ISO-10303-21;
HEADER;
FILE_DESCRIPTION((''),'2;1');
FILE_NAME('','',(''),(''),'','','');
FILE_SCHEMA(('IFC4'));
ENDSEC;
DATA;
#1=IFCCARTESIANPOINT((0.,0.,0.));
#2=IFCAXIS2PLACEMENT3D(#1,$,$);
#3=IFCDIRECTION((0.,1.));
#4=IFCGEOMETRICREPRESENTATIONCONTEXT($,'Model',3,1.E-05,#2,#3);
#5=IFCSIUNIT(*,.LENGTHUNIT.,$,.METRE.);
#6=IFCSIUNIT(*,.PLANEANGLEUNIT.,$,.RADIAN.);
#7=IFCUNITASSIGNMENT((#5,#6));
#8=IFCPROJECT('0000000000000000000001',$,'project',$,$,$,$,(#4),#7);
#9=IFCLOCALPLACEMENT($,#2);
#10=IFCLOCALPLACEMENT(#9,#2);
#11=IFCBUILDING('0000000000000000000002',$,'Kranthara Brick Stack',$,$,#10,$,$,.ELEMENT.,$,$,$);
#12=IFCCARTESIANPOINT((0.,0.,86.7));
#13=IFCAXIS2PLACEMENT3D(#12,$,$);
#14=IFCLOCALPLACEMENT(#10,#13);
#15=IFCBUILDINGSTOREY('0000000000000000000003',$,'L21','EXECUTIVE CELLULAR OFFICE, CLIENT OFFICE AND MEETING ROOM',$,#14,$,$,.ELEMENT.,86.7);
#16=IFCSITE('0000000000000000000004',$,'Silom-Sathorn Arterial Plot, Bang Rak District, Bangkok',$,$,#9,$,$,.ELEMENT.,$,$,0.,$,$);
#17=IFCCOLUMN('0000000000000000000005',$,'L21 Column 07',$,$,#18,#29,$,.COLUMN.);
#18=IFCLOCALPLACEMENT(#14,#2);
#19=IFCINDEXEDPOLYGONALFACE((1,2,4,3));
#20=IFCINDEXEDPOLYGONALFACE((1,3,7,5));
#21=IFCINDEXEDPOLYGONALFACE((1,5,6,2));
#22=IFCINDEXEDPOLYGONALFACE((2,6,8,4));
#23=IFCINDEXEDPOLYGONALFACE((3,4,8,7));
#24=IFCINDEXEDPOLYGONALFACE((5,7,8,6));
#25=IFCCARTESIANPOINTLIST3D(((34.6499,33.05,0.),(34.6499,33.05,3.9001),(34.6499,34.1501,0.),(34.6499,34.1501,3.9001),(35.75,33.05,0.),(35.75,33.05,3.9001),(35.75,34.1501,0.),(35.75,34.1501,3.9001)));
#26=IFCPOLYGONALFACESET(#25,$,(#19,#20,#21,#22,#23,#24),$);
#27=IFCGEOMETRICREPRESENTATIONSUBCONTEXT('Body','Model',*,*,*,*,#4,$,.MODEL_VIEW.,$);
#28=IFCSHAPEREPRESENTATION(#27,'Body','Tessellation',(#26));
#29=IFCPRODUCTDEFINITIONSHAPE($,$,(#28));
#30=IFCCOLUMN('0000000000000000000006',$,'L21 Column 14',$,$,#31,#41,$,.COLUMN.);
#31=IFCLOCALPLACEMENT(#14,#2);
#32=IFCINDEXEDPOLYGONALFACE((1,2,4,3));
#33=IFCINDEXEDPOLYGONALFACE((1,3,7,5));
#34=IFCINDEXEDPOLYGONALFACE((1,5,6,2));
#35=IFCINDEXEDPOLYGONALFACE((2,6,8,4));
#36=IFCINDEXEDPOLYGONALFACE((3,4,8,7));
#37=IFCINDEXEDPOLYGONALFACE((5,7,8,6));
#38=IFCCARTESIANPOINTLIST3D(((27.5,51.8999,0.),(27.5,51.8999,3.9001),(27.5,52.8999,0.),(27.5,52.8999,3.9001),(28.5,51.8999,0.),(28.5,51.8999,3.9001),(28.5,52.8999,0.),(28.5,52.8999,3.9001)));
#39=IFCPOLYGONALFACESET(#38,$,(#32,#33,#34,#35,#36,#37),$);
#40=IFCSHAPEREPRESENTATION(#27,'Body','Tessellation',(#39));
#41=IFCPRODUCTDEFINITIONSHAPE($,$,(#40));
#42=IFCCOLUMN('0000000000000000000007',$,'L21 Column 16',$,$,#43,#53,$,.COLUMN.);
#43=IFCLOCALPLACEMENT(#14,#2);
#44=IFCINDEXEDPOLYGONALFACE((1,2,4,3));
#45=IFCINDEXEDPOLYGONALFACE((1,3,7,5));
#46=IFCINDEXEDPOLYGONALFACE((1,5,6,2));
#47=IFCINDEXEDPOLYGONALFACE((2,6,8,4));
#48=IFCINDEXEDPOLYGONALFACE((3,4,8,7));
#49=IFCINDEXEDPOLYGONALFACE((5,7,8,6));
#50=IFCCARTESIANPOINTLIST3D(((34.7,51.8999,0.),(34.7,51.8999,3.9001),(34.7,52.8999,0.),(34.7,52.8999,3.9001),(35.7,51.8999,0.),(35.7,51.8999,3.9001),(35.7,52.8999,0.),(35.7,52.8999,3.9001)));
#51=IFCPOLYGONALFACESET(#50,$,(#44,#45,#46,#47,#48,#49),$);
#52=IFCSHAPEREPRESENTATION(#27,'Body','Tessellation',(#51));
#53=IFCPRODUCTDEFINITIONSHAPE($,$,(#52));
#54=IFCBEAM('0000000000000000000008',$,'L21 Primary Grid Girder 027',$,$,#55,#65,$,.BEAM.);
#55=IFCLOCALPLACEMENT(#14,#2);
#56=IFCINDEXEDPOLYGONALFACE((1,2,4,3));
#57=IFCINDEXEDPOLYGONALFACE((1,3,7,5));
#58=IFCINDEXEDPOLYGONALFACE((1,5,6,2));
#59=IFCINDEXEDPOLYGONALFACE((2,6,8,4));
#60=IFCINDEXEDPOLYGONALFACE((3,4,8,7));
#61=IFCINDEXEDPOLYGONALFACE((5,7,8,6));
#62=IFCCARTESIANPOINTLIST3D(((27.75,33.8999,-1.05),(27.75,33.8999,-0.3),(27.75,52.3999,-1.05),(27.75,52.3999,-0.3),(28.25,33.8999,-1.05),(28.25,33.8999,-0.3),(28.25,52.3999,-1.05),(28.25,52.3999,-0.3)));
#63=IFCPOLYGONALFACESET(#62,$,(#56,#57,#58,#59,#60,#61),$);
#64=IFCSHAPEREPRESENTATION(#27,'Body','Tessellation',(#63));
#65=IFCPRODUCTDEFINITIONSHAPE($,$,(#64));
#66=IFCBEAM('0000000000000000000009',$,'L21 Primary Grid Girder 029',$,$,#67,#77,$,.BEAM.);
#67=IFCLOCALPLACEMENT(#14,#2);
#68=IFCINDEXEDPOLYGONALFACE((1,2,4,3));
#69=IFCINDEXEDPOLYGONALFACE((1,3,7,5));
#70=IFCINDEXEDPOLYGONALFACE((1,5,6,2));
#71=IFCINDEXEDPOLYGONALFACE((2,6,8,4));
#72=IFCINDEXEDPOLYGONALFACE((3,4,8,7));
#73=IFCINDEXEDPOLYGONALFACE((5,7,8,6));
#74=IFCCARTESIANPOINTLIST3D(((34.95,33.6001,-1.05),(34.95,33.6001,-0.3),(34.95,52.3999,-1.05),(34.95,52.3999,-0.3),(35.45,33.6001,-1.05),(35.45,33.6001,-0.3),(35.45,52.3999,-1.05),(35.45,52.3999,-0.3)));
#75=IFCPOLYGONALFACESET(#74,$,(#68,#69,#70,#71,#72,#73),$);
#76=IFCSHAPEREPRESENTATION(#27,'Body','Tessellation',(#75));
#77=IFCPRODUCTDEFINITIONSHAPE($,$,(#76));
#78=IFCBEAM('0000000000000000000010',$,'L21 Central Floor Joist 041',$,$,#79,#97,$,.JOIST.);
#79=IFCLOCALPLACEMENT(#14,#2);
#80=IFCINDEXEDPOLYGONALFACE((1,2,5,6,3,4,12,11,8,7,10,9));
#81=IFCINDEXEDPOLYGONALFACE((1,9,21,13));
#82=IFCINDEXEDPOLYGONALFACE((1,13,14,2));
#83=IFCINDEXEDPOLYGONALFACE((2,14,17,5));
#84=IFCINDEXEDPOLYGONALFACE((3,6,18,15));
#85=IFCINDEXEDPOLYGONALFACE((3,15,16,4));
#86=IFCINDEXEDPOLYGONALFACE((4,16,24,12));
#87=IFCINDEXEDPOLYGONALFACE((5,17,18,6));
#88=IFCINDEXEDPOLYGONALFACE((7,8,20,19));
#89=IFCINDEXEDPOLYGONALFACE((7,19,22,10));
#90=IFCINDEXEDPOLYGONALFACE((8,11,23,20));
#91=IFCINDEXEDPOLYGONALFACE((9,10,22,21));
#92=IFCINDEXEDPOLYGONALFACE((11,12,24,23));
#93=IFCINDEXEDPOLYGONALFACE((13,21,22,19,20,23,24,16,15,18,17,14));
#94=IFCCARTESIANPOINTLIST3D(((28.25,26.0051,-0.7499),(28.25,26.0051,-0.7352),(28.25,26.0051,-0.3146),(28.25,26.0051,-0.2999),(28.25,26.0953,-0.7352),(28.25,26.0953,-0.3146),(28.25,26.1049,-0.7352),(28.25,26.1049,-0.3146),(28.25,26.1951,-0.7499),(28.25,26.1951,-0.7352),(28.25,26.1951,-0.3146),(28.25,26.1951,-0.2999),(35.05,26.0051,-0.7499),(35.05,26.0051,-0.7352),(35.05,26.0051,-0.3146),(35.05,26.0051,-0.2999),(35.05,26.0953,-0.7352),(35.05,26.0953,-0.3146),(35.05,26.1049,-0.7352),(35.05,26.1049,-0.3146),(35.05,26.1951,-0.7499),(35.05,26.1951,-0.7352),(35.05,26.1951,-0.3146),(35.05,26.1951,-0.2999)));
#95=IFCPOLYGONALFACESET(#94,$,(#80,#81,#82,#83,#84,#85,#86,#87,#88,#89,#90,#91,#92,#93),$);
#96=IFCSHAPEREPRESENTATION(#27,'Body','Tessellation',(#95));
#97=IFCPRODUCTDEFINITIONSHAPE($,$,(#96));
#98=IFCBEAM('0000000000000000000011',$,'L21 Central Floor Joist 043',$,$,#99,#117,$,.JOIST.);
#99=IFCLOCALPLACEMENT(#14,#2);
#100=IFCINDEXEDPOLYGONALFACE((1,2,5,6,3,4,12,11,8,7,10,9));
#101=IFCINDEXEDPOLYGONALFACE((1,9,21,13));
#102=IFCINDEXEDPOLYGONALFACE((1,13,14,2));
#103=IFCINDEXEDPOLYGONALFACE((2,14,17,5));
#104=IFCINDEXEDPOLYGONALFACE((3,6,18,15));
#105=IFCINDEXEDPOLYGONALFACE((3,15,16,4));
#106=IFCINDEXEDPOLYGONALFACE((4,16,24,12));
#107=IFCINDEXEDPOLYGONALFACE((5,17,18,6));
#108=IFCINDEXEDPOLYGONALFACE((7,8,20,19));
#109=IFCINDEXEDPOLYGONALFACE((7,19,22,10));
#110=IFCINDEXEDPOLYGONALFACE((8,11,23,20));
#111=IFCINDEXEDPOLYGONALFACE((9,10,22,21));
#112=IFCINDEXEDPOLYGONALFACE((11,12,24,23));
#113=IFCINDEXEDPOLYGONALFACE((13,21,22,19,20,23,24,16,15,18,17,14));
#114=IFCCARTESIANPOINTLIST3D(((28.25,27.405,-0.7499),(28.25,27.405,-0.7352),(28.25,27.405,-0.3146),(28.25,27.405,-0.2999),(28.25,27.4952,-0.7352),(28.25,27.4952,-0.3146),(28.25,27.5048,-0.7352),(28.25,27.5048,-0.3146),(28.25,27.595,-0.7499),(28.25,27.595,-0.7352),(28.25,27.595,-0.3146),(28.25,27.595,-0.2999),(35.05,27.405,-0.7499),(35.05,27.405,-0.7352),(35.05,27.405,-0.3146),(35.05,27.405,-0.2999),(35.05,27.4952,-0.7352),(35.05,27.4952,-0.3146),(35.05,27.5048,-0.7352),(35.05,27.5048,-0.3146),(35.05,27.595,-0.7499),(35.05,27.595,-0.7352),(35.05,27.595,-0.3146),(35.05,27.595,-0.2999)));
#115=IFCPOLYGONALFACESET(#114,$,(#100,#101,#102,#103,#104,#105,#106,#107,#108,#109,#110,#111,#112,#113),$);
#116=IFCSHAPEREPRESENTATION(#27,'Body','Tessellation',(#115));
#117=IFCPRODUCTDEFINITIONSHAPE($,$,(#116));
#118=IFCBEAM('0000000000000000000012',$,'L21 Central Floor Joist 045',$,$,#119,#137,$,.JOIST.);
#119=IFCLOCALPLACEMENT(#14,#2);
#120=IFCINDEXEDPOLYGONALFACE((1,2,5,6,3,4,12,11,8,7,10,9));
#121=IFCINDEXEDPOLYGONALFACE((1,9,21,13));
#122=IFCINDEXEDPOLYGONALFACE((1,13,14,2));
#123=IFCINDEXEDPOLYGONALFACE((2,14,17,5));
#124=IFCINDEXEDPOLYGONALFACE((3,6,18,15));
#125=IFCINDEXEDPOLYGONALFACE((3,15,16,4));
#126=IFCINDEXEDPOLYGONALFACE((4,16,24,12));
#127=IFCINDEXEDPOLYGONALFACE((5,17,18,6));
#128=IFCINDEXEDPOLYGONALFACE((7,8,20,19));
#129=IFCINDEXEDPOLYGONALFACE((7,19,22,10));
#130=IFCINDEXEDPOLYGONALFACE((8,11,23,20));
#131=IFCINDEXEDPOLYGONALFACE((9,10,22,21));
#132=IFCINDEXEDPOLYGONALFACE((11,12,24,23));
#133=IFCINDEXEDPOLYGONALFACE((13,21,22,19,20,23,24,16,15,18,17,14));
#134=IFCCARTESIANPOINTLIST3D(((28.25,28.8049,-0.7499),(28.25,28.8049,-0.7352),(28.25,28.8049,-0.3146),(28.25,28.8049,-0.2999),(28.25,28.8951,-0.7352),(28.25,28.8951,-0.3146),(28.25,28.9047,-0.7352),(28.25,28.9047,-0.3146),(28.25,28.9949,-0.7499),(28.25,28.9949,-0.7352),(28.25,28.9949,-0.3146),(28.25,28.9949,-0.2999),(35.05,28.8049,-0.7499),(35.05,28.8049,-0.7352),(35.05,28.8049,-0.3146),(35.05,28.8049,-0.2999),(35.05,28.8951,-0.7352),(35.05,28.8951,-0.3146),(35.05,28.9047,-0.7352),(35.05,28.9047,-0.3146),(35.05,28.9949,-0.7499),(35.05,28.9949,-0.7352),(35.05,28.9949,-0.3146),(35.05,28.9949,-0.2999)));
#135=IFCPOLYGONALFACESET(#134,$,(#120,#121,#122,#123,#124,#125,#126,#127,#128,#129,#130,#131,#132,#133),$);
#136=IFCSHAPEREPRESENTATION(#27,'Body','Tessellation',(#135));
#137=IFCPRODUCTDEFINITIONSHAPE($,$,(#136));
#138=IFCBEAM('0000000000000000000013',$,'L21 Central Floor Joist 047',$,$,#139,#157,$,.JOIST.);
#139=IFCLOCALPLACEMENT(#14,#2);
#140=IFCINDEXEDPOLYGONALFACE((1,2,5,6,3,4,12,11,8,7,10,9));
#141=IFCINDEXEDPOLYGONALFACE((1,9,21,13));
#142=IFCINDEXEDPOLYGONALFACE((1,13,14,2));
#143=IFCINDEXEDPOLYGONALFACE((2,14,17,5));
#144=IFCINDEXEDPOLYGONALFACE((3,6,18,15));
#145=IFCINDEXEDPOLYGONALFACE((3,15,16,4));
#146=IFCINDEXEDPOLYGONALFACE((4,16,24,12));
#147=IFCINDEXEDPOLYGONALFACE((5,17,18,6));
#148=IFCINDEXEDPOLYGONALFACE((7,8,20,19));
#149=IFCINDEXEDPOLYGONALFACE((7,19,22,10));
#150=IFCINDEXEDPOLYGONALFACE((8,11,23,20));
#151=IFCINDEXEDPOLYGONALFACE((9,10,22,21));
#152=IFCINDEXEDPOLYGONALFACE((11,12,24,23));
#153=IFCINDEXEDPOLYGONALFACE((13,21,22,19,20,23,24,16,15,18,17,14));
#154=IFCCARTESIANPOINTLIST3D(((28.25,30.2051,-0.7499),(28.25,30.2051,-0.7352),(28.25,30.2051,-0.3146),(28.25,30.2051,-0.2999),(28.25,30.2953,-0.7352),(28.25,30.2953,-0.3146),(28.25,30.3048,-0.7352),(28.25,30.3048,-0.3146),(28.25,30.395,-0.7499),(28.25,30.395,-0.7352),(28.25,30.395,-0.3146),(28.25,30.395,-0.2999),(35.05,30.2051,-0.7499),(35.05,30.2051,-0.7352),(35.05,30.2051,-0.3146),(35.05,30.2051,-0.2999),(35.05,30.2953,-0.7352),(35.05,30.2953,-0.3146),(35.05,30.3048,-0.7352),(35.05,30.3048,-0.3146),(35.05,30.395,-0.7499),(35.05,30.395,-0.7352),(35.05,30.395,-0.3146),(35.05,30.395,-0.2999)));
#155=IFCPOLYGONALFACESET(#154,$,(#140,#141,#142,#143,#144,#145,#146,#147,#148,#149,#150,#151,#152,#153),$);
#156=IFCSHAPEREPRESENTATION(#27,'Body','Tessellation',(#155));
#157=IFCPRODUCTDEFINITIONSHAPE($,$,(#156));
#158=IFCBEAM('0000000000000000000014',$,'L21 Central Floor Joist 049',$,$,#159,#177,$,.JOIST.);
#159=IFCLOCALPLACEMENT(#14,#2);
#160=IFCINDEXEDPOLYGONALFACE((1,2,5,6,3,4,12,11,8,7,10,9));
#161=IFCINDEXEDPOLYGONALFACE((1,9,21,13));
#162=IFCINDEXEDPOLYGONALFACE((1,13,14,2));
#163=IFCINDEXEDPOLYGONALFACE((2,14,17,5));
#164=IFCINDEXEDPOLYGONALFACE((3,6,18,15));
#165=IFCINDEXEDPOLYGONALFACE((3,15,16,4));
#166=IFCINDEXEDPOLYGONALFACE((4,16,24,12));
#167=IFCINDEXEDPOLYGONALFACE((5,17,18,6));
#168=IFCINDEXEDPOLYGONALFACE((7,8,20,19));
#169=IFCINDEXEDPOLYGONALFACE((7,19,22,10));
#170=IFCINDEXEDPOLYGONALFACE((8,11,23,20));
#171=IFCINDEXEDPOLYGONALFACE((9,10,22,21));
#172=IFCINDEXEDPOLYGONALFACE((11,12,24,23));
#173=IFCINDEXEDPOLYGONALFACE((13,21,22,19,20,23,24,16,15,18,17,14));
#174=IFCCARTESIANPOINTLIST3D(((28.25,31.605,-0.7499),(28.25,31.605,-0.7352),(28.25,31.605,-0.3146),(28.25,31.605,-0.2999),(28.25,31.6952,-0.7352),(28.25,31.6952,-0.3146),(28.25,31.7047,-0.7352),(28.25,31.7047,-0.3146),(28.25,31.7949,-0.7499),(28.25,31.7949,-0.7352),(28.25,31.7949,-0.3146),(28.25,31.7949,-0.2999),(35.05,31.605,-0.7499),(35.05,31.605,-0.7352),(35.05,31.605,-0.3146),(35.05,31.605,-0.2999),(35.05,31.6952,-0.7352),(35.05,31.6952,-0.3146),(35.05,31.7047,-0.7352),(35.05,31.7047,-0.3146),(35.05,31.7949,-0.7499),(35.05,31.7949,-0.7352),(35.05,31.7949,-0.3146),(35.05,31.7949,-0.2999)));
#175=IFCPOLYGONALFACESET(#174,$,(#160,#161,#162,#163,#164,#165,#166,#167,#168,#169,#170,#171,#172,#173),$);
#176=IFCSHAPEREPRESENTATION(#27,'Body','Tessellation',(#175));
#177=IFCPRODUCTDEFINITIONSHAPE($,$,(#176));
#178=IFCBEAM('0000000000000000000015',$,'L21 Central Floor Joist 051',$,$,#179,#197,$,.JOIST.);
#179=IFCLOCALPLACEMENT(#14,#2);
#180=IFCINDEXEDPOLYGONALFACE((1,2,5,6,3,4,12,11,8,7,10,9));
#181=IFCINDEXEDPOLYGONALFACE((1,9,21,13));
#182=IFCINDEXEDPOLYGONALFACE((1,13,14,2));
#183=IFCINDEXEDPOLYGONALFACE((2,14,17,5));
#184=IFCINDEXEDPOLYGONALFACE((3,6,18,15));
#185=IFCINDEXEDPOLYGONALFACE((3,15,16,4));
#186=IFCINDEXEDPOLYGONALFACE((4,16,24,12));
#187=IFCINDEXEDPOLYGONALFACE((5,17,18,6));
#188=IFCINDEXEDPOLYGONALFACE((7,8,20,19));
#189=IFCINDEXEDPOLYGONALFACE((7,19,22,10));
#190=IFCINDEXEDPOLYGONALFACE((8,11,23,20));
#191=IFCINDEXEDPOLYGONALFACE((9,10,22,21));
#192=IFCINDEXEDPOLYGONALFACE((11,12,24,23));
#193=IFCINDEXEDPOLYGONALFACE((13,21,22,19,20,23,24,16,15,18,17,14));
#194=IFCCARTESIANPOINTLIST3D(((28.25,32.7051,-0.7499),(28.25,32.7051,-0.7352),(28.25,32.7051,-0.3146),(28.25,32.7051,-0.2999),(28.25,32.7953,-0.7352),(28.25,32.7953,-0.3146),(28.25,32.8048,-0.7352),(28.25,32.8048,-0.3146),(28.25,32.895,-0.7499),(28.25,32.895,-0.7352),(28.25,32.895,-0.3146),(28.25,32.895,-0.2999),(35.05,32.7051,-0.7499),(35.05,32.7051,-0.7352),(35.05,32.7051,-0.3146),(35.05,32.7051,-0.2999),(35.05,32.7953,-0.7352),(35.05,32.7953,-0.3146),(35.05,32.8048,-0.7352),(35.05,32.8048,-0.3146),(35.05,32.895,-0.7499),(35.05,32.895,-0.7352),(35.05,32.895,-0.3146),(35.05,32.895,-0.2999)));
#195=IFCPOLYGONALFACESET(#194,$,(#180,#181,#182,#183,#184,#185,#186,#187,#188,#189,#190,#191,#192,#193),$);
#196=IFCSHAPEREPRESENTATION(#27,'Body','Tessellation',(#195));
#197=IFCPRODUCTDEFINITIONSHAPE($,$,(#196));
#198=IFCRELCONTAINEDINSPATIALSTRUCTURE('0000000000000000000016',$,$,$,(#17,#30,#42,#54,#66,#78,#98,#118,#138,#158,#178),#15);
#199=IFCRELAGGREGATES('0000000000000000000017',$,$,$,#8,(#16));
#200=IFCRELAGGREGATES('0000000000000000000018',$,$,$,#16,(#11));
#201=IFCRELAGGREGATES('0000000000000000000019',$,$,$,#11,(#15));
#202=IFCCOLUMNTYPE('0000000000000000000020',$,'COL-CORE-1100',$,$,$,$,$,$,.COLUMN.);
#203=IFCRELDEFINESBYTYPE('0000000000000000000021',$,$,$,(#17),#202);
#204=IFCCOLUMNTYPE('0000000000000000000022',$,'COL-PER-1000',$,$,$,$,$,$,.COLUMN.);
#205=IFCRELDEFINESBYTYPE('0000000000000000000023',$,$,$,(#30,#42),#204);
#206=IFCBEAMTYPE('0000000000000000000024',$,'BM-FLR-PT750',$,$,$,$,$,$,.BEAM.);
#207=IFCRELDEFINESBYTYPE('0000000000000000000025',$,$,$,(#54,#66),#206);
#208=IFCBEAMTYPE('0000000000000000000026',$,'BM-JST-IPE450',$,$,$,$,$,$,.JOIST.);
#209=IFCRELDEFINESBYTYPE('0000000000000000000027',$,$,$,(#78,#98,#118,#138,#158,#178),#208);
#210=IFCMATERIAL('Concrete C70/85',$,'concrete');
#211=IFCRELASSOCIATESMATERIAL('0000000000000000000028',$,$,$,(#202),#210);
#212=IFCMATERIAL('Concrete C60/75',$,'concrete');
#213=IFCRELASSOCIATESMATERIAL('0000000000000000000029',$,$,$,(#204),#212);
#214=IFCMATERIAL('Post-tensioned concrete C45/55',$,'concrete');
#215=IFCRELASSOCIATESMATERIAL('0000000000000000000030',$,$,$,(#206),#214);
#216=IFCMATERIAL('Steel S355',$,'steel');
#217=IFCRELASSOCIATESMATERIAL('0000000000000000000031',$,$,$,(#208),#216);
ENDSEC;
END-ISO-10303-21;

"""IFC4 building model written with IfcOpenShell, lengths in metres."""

from ifc_helpers import new_model, si_unit, direction, frame, origin, origin_2d, place, context, subcontext, project, spatial, rectangle, i_section, extrude, material, material_profile, profile_set, type_object, element, save


model = new_model("IFC4")

# Units and contexts
model_context = context("Model", 3, precision=1e-05, world=origin(), true_north=direction((0.0, 1.0)))
body_context = subcontext(model_context, "Body", "Model", "MODEL_VIEW")
ifc_project = project(units=[si_unit("LENGTHUNIT", "METRE"), si_unit("PLANEANGLEUNIT", "RADIAN")], contexts=[model_context])

# Site, building, storey
site_placement = place(None, origin())
site = spatial("IfcSite", under=ifc_project, at=site_placement, Name="Silom-Sathorn Arterial Plot, Bang Rak District, Bangkok", CompositionType="ELEMENT", RefElevation=0.0)
building_placement = place(site_placement, origin())
building = spatial("IfcBuilding", under=site, at=building_placement, Name="Kranthara Brick Stack", CompositionType="ELEMENT")
storey_placement = place(building_placement, frame((0.0, 0.0, 86.7)))
storey = spatial("IfcBuildingStorey", under=building, at=storey_placement, Name="L21", Description="EXECUTIVE CELLULAR OFFICE, CLIENT OFFICE AND MEETING ROOM", CompositionType="ELEMENT", Elevation=86.7)

# Columns
ifc_material_1 = material(Name="Concrete C70/85", Category="concrete")
ifc_material_profile_1 = material_profile(ifc_material_1, rectangle(XDim=1.1001, YDim=1.1001, at=origin_2d()), Name="RC 1100x1100")
ifc_profile_set_1 = profile_set([ifc_material_profile_1], Name="Concrete C70/85")
column_type_1 = type_object("IfcColumnType", Name="COL-CORE-1100", PredefinedType="COLUMN", material=ifc_profile_set_1)
column_placement = place(storey_placement, frame((35.2, 33.6001, 0.0), z_axis=(0.0, 0.0, 1.0), x_axis=(1.0, 0.0, 0.0)))
element("IfcColumn", 1, at=column_placement, inside=storey, type_object=column_type_1, Name="L21 Column 07", PredefinedType="COLUMN", context=body_context, shape_type="SweptSolid", body=[
    extrude(rectangle(XDim=1.1001, YDim=1.1001, at=origin_2d()), origin(), (0.0, 0.0, 1.0), 3.9001),
])
ifc_material_2 = material(Name="Concrete C60/75", Category="concrete")
ifc_material_profile_2 = material_profile(ifc_material_2, rectangle(XDim=1.0, YDim=1.0, at=origin_2d()), Name="RC 1000x1000")
ifc_profile_set_2 = profile_set([ifc_material_profile_2], Name="Concrete C60/75")
column_type_2 = type_object("IfcColumnType", Name="COL-PER-1000", PredefinedType="COLUMN", material=ifc_profile_set_2)
for number, where, z_axis, x_axis, name in (
    (2, (28.0, 52.3999, 0.0), (0.0, 0.0, 1.0), (1.0, 0.0, 0.0), "L21 Column 14"),
    (3, (35.2, 52.3999, 0.0), (0.0, 0.0, 1.0), (1.0, 0.0, 0.0), "L21 Column 16"),
):
    element("IfcColumn", number, at=place(storey_placement, frame(where, z_axis=z_axis, x_axis=x_axis)), inside=storey, type_object=column_type_2, Name=name, PredefinedType="COLUMN", context=body_context, shape_type="SweptSolid", body=[
        extrude(rectangle(XDim=1.0, YDim=1.0, at=origin_2d()), origin(), (0.0, 0.0, 1.0), 3.9001),
    ])

# Beams
ifc_material_3 = material(Name="Post-tensioned concrete C45/55", Category="concrete")
ifc_material_profile_3 = material_profile(ifc_material_3, rectangle(XDim=0.5, YDim=0.75, at=origin_2d()), Name="PT 500x750")
ifc_profile_set_3 = profile_set([ifc_material_profile_3], Name="Post-tensioned concrete C45/55")
beam_type_1 = type_object("IfcBeamType", Name="BM-FLR-PT750", PredefinedType="BEAM", material=ifc_profile_set_3)
beam_1_placement = place(storey_placement, frame((28.0, 33.8999, -0.675), z_axis=(0.0, 1.0, 0.0), x_axis=(-1.0, 0.0, 0.0)))
element("IfcBeam", 4, at=beam_1_placement, inside=storey, type_object=beam_type_1, Name="L21 Primary Grid Girder 027", PredefinedType="BEAM", context=body_context, shape_type="SweptSolid", body=[
    extrude(rectangle(XDim=0.5, YDim=0.75, at=origin_2d()), origin(), (0.0, 0.0, 1.0), 18.5),
])
beam_2_placement = place(storey_placement, frame((35.2, 33.6001, -0.675), z_axis=(0.0, 1.0, 0.0), x_axis=(-1.0, 0.0, 0.0)))
element("IfcBeam", 5, at=beam_2_placement, inside=storey, type_object=beam_type_1, Name="L21 Primary Grid Girder 029", PredefinedType="BEAM", context=body_context, shape_type="SweptSolid", body=[
    extrude(rectangle(XDim=0.5, YDim=0.75, at=origin_2d()), origin(), (0.0, 0.0, 1.0), 18.7998),
])
ifc_material_4 = material(Name="Steel S355", Category="steel")
ifc_material_profile_4 = material_profile(ifc_material_4, i_section(OverallWidth=0.1899, OverallDepth=0.45, WebThickness=0.0095, FlangeThickness=0.0146, at=origin_2d()), Name="IPE 450")
ifc_profile_set_4 = profile_set([ifc_material_profile_4], Name="Steel S355")
beam_type_2 = type_object("IfcBeamType", Name="BM-JST-IPE450", PredefinedType="JOIST", material=ifc_profile_set_4)
for number, where, z_axis, x_axis, name in (
    (6, (28.25, 26.1001, -0.5249), (1.0, 0.0, 0.0), (0.0, 1.0, 0.0), "L21 Central Floor Joist 041"),
    (7, (28.25, 27.5, -0.5249), (1.0, 0.0, 0.0), (0.0, 1.0, 0.0), "L21 Central Floor Joist 043"),
    (8, (28.25, 28.8999, -0.5249), (1.0, 0.0, 0.0), (0.0, 1.0, 0.0), "L21 Central Floor Joist 045"),
    (9, (28.25, 30.3, -0.5249), (1.0, 0.0, 0.0), (0.0, 1.0, 0.0), "L21 Central Floor Joist 047"),
    (10, (28.25, 31.7, -0.5249), (1.0, 0.0, 0.0), (0.0, 1.0, 0.0), "L21 Central Floor Joist 049"),
    (11, (28.25, 32.8, -0.5249), (1.0, 0.0, 0.0), (0.0, 1.0, 0.0), "L21 Central Floor Joist 051"),
):
    element("IfcBeam", number, at=place(storey_placement, frame(where, z_axis=z_axis, x_axis=x_axis)), inside=storey, type_object=beam_type_2, Name=name, PredefinedType="JOIST", context=body_context, shape_type="SweptSolid", body=[
        extrude(i_section(OverallWidth=0.1899, OverallDepth=0.45, WebThickness=0.0095, FlangeThickness=0.0146, at=origin_2d()), origin(), (0.0, 0.0, 1.0), 6.8),
    ])

save(model, "model.ifc")
